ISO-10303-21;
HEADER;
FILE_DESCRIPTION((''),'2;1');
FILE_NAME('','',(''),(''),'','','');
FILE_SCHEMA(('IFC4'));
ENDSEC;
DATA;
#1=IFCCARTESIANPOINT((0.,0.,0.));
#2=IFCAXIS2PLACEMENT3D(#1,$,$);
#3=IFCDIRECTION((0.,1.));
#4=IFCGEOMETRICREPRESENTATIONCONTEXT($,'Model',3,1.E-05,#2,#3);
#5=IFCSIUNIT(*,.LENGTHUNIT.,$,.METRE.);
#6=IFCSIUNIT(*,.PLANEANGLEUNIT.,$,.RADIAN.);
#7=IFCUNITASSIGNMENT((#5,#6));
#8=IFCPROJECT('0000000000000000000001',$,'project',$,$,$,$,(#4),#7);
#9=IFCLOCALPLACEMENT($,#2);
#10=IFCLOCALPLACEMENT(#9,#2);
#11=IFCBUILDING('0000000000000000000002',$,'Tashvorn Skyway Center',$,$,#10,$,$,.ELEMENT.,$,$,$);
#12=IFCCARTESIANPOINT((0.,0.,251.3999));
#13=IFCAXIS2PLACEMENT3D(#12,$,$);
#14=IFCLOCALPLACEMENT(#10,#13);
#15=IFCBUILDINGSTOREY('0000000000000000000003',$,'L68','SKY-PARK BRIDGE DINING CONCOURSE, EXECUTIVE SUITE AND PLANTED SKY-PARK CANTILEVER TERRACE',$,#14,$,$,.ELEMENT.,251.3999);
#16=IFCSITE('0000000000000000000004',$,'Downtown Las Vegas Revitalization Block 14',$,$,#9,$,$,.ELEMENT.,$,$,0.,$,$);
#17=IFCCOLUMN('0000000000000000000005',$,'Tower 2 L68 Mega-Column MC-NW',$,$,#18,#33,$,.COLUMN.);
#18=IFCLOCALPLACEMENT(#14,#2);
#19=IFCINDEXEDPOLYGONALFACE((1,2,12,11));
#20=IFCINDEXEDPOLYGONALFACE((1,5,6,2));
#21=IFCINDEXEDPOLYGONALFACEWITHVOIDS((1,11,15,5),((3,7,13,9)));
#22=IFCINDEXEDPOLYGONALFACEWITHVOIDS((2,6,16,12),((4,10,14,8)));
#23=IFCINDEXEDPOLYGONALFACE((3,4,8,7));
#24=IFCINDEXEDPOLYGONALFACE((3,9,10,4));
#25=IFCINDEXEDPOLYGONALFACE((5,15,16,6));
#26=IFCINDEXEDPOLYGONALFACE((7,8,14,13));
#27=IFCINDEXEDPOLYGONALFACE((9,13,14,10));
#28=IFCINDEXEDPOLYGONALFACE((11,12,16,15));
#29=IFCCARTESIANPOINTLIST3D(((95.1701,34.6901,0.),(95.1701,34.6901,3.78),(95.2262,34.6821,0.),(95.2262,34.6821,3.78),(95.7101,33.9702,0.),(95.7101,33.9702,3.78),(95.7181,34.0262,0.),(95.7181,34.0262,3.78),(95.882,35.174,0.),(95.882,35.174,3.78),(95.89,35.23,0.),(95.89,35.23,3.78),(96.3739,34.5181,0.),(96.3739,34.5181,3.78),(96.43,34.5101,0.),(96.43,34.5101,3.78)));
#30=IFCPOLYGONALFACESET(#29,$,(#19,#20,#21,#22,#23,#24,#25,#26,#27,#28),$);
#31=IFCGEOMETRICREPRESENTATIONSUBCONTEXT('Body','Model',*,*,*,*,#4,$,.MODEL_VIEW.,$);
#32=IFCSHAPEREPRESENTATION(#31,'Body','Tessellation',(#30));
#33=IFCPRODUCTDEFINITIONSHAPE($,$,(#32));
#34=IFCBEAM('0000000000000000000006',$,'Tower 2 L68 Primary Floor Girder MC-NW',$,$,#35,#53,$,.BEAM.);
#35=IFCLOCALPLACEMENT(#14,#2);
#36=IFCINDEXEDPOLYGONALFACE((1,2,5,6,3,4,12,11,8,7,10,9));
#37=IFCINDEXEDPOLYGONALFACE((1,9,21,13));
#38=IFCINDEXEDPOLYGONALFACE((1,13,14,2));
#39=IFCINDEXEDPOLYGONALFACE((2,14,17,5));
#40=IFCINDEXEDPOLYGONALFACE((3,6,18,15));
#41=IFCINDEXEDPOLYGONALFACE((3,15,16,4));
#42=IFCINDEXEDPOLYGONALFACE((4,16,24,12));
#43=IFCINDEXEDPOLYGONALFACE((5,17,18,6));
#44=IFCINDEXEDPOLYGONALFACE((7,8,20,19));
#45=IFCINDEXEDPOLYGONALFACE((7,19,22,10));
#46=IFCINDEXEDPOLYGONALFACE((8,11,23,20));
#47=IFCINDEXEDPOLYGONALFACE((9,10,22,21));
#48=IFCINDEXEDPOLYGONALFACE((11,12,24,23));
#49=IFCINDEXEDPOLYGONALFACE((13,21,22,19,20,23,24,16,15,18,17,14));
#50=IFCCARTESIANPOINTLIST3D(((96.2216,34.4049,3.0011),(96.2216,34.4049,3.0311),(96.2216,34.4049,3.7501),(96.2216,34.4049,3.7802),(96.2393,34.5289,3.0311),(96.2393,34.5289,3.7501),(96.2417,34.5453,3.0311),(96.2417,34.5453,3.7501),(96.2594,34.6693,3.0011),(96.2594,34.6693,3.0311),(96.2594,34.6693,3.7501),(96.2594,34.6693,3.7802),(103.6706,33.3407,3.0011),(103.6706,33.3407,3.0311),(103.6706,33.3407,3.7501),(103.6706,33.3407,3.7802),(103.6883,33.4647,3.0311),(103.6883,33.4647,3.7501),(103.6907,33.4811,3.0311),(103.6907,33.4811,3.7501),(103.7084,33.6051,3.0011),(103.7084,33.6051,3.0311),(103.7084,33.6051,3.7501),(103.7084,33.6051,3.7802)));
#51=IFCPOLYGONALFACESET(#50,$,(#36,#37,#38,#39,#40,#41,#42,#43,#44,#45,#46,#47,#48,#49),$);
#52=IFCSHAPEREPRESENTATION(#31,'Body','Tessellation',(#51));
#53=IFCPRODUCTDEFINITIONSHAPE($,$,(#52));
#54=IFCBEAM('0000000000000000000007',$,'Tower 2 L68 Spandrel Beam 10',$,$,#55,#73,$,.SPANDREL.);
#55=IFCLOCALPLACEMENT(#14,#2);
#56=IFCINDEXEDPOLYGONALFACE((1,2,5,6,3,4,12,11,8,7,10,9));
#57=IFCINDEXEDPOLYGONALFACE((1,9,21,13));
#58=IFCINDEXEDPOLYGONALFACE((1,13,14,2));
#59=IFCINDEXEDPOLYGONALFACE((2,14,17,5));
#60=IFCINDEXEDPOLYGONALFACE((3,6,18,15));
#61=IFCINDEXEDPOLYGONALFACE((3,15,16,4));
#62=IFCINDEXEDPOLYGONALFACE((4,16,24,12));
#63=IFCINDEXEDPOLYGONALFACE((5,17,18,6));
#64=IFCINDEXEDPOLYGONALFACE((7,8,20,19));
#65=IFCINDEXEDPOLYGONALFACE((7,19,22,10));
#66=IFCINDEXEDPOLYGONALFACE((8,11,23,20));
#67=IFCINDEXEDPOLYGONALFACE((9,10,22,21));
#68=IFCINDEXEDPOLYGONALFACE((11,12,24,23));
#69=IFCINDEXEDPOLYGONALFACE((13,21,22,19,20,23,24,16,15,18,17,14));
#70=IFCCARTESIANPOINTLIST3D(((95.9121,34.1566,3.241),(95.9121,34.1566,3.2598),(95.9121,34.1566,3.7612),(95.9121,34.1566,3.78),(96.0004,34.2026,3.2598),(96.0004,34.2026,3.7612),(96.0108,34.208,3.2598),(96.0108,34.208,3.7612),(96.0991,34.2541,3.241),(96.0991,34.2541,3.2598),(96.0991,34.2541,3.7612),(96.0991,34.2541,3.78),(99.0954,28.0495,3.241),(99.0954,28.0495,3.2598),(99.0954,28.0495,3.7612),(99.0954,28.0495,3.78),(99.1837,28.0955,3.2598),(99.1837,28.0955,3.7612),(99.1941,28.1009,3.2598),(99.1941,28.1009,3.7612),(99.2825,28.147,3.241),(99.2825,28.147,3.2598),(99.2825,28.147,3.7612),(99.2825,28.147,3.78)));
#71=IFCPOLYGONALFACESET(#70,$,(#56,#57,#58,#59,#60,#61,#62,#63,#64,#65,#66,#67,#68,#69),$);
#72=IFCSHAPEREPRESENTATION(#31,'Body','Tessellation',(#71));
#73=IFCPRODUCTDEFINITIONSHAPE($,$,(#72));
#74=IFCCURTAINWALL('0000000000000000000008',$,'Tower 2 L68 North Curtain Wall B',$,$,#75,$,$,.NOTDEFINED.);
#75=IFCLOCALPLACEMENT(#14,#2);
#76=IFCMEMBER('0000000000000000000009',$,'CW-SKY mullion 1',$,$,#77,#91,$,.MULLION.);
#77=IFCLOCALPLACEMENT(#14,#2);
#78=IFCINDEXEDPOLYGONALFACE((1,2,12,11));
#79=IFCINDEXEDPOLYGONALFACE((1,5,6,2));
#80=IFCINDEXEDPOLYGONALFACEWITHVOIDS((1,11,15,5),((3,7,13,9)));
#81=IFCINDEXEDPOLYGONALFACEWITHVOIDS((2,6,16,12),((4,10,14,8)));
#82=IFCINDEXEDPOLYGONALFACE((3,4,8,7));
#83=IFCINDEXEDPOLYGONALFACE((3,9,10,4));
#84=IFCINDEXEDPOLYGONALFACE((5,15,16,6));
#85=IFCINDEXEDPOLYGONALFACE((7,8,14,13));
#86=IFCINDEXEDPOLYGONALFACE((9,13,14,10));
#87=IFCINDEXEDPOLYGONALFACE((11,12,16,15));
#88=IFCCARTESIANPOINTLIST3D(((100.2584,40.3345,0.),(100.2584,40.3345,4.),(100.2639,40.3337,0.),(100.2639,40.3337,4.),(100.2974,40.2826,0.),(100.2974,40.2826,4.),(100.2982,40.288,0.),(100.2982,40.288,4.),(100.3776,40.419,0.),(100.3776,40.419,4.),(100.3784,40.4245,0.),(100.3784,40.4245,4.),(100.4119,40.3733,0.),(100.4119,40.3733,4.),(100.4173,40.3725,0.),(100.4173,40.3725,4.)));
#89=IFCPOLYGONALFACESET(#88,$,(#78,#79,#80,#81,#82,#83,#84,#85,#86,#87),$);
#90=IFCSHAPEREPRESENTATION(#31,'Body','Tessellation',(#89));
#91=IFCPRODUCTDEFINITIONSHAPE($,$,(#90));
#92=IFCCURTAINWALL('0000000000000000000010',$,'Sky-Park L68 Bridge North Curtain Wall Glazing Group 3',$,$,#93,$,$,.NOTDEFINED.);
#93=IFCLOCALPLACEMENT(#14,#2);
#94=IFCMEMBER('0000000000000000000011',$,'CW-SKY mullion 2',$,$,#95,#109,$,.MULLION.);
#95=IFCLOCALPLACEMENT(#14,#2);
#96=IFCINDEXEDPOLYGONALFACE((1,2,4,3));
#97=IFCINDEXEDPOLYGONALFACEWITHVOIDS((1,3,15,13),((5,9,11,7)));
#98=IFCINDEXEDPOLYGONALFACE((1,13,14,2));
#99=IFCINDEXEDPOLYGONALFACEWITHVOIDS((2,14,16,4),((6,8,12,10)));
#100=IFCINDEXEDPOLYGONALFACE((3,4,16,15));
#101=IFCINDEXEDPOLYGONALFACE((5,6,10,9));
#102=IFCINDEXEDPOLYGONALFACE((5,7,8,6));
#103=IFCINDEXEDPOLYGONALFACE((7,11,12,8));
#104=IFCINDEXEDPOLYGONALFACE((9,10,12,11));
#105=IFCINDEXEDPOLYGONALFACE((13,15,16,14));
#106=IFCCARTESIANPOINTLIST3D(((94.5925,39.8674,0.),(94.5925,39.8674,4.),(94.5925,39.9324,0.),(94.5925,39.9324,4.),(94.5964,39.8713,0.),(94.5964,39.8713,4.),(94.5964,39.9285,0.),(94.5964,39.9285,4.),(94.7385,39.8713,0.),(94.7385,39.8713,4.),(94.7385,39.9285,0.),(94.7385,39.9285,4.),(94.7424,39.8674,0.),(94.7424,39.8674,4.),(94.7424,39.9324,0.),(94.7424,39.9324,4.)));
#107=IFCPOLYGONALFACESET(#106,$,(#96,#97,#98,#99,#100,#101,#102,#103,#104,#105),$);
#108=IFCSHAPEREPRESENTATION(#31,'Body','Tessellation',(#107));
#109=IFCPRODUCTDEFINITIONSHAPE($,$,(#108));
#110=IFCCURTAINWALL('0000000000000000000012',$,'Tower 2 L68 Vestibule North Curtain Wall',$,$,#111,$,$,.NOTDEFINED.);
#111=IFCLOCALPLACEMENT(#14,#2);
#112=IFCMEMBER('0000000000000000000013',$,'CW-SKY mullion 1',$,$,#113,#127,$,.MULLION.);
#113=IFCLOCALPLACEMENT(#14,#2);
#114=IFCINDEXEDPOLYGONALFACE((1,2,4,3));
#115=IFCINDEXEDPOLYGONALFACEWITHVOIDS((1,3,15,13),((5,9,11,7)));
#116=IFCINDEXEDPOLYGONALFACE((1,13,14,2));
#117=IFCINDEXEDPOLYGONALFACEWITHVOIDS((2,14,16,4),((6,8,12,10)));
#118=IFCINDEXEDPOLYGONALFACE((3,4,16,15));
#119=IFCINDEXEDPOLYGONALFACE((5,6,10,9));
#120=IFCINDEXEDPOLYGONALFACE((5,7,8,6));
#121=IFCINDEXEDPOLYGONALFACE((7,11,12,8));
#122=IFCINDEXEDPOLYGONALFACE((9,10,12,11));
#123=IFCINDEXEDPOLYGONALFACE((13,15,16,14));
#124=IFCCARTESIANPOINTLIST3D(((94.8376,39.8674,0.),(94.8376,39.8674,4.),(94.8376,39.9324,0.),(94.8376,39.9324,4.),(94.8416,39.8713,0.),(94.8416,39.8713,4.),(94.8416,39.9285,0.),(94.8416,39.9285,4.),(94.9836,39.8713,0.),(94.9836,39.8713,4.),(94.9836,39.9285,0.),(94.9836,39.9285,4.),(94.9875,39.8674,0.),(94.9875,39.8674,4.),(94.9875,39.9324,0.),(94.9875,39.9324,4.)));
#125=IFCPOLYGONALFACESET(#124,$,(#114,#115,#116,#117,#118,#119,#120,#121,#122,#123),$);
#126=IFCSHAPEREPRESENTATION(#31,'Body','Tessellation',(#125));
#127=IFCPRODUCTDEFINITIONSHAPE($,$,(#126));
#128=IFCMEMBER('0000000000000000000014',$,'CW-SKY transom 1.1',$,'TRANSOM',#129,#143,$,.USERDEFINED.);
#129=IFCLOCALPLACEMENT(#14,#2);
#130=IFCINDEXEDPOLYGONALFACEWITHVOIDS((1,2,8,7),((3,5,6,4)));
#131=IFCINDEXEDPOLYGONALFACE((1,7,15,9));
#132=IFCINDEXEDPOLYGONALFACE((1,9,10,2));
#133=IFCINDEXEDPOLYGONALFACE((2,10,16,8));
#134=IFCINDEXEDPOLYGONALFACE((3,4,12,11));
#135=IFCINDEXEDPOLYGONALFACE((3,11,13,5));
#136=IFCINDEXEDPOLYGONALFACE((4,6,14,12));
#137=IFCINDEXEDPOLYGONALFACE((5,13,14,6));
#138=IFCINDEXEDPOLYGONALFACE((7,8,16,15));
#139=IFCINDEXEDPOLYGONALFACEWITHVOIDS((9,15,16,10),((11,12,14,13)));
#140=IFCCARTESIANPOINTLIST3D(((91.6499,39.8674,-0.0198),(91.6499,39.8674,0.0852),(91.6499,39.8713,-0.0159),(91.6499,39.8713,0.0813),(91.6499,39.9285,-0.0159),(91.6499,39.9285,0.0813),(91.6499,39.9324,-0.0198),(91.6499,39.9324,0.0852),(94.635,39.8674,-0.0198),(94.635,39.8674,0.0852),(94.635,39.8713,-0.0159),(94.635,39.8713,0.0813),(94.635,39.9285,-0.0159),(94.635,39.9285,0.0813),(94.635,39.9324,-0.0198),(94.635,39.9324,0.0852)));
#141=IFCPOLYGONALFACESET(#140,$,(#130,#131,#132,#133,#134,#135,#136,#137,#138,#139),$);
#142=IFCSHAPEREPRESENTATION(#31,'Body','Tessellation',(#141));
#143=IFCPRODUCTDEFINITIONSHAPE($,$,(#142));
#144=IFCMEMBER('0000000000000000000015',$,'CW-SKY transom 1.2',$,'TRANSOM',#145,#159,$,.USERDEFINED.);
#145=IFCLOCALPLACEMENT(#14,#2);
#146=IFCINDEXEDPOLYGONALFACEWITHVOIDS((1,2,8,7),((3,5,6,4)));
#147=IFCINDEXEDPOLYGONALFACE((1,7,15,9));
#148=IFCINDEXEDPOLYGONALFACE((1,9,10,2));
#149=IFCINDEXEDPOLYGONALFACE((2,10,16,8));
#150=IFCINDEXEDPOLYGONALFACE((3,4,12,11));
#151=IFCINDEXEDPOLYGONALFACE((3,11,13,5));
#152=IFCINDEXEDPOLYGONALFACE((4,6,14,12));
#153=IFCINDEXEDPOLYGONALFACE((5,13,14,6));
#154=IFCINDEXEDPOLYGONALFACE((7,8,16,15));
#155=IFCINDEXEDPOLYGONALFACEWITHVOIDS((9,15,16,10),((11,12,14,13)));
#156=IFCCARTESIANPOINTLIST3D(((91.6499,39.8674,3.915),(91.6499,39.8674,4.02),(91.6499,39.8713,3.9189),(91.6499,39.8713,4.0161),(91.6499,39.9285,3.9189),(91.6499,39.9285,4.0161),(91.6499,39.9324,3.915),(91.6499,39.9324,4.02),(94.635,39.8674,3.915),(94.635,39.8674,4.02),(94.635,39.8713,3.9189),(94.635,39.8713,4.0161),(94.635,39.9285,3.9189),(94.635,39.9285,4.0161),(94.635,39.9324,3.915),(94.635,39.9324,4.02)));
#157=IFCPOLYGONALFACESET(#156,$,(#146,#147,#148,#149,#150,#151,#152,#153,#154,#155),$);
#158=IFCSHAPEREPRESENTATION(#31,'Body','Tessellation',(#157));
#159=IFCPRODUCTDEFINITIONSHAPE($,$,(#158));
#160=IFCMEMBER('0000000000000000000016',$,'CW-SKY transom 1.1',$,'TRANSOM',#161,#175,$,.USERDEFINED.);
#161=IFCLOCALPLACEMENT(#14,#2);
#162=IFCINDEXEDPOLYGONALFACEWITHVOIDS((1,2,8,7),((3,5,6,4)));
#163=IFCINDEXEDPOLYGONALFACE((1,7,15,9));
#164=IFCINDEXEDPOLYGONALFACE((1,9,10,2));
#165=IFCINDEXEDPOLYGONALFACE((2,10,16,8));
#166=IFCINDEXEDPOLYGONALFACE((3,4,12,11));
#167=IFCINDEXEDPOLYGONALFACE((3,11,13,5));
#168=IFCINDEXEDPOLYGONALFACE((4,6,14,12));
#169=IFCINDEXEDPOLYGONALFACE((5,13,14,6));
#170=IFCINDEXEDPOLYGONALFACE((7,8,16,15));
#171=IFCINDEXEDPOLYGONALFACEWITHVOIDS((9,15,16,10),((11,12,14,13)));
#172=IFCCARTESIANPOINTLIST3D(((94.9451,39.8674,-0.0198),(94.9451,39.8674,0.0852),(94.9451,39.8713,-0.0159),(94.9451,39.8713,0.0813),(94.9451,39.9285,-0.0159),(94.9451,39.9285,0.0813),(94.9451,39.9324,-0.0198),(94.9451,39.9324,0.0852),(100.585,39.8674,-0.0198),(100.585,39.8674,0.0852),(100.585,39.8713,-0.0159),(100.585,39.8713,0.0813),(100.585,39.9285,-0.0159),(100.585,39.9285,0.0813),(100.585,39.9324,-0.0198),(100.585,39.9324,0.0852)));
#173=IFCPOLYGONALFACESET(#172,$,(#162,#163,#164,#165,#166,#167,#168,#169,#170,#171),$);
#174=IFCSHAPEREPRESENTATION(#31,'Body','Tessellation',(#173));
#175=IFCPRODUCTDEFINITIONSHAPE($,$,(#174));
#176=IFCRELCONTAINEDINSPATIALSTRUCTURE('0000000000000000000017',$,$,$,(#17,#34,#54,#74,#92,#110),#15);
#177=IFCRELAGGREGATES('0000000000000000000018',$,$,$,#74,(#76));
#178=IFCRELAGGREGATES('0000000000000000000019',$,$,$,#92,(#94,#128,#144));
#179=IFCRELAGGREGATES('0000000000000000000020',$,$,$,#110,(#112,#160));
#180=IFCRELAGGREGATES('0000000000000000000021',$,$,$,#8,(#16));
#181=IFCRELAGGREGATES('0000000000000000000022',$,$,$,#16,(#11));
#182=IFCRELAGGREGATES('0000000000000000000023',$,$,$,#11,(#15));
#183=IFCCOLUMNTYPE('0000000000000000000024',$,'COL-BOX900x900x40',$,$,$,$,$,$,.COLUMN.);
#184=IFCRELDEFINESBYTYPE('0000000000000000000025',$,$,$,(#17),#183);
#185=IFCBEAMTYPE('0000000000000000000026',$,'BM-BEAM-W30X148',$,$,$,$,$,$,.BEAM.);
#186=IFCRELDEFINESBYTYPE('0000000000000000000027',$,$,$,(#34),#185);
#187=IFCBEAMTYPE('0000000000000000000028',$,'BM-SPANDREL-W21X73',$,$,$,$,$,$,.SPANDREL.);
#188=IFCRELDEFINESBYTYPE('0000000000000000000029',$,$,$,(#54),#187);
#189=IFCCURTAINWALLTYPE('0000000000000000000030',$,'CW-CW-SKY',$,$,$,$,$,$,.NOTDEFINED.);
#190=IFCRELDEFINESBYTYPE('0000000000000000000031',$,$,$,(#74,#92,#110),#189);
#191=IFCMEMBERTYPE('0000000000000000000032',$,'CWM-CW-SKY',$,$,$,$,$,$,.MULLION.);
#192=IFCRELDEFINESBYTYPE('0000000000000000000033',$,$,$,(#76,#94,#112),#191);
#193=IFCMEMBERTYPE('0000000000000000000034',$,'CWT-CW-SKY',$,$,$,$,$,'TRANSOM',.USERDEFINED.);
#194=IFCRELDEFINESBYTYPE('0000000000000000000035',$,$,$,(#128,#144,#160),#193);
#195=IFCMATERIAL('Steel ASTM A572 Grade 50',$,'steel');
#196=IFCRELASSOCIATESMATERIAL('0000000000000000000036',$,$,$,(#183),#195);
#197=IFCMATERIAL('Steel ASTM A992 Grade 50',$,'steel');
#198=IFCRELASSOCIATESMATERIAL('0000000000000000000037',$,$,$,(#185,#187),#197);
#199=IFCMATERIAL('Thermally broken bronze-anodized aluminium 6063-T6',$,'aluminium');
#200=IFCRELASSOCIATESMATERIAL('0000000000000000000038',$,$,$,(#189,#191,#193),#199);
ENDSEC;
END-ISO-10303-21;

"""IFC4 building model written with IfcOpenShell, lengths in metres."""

from ifc_helpers import new_model, si_unit, direction, frame, origin, origin_2d, place, context, subcontext, project, spatial, hollow_rectangle, i_section, extrude, material, material_profile, profile_set, type_object, element, aggregate, save


model = new_model("IFC4")

# Units and contexts
model_context = context("Model", 3, precision=1e-05, world=origin(), true_north=direction((0.0, 1.0)))
body_context = subcontext(model_context, "Body", "Model", "MODEL_VIEW")
ifc_project = project(units=[si_unit("LENGTHUNIT", "METRE"), si_unit("PLANEANGLEUNIT", "RADIAN")], contexts=[model_context])

# Site, building, storey
site_placement = place(None, origin())
site = spatial("IfcSite", under=ifc_project, at=site_placement, Name="Downtown Las Vegas Revitalization Block 14", CompositionType="ELEMENT", RefElevation=0.0)
building_placement = place(site_placement, origin())
building = spatial("IfcBuilding", under=site, at=building_placement, Name="Tashvorn Skyway Center", CompositionType="ELEMENT")
storey_placement = place(building_placement, frame((0.0, 0.0, 251.3999)))
storey = spatial("IfcBuildingStorey", under=building, at=storey_placement, Name="L68", Description="SKY-PARK BRIDGE DINING CONCOURSE, EXECUTIVE SUITE AND PLANTED SKY-PARK CANTILEVER TERRACE", CompositionType="ELEMENT", Elevation=251.3999)

# Column
ifc_material_1 = material(Name="Steel ASTM A572 Grade 50", Category="steel")
ifc_material_profile_1 = material_profile(ifc_material_1, hollow_rectangle(XDim=0.8999, YDim=0.8999, WallThickness=0.04, at=origin_2d()), Name="BOX900x900x40")
ifc_profile_set_1 = profile_set([ifc_material_profile_1], Name="Steel ASTM A572 Grade 50")
column_type = type_object("IfcColumnType", Name="COL-BOX900x900x40", PredefinedType="COLUMN", material=ifc_profile_set_1)
column_placement = place(storey_placement, frame((95.8, 34.6001, 0.0), z_axis=(0.0, 0.0, 1.0), x_axis=(0.8, 0.6, 0.0)))
element("IfcColumn", 1, at=column_placement, inside=storey, type_object=column_type, Name="Tower 2 L68 Mega-Column MC-NW", PredefinedType="COLUMN", context=body_context, shape_type="SweptSolid", body=[
    extrude(hollow_rectangle(XDim=0.8999, YDim=0.8999, WallThickness=0.04, at=origin_2d()), origin(), (0.0, 0.0, 1.0), 3.78),
])

# Beams
ifc_material_2 = material(Name="Steel ASTM A992 Grade 50", Category="steel")
ifc_material_profile_2 = material_profile(ifc_material_2, i_section(OverallWidth=0.2671, OverallDepth=0.7791, WebThickness=0.0166, FlangeThickness=0.03, at=origin_2d()), Name="W30X148")
ifc_profile_set_2 = profile_set([ifc_material_profile_2], Name="Steel ASTM A992 Grade 50")
beam_type_1 = type_object("IfcBeamType", Name="BM-BEAM-W30X148", PredefinedType="BEAM", material=ifc_profile_set_2)
beam_1_placement = place(storey_placement, frame((96.2405, 34.5371, 3.3906), z_axis=(0.989948, -0.14143, 0.0), x_axis=(0.14143, 0.989948, 0.0)))
element("IfcBeam", 2, at=beam_1_placement, inside=storey, type_object=beam_type_1, Name="Tower 2 L68 Primary Floor Girder MC-NW", PredefinedType="BEAM", context=body_context, shape_type="SweptSolid", body=[
    extrude(i_section(OverallWidth=0.2671, OverallDepth=0.7791, WebThickness=0.0166, FlangeThickness=0.03, at=origin_2d()), origin(), (0.0, 0.0, 1.0), 7.5247),
])
ifc_material_profile_3 = material_profile(ifc_material_2, i_section(OverallWidth=0.2109, OverallDepth=0.5391, WebThickness=0.0117, FlangeThickness=0.0188, at=origin_2d()), Name="W21X73")
ifc_profile_set_3 = profile_set([ifc_material_profile_3], Name="Steel ASTM A992 Grade 50")
beam_type_2 = type_object("IfcBeamType", Name="BM-SPANDREL-W21X73", PredefinedType="SPANDREL", material=ifc_profile_set_3)
beam_2_placement = place(storey_placement, frame((96.0056, 34.2053, 3.5105), z_axis=(0.462223, -0.886764, 0.0), x_axis=(0.886764, 0.462223, 0.0)))
element("IfcBeam", 3, at=beam_2_placement, inside=storey, type_object=beam_type_2, Name="Tower 2 L68 Spandrel Beam 10", PredefinedType="SPANDREL", context=body_context, shape_type="SweptSolid", body=[
    extrude(i_section(OverallWidth=0.2109, OverallDepth=0.5391, WebThickness=0.0117, FlangeThickness=0.0188, at=origin_2d()), origin(), (0.0, 0.0, 1.0), 6.887),
])

# Curtain walls, members
ifc_material_3 = material(Name="Thermally broken bronze-anodized aluminium 6063-T6", Category="aluminium")
curtain_wall_type = type_object("IfcCurtainWallType", Name="CW-CW-SKY", PredefinedType="NOTDEFINED", material=ifc_material_3)
curtain_wall_1_placement = place(storey_placement, origin())
curtain_wall_1 = element("IfcCurtainWall", 4, at=curtain_wall_1_placement, inside=storey, type_object=curtain_wall_type, Name="Tower 2 L68 North Curtain Wall B", PredefinedType="NOTDEFINED")
ifc_material_profile_4 = material_profile(ifc_material_3, hollow_rectangle(XDim=0.0649, YDim=0.1499, WallThickness=0.0039, at=origin_2d()), Name="ALU-MULL-65x150")
ifc_profile_set_4 = profile_set([ifc_material_profile_4], Name="Thermally broken bronze-anodized aluminium 6063-T6")
member_type_1 = type_object("IfcMemberType", Name="CWM-CW-SKY", PredefinedType="MULLION", material=ifc_profile_set_4)
member_1_placement = place(storey_placement, frame((100.3379, 40.3535, 0.0), z_axis=(0.0, 0.0, 1.0), x_axis=(-0.6, 0.8, 0.0)))
member_1 = element("IfcMember", 5, at=member_1_placement, type_object=member_type_1, Name="CW-SKY mullion 1", PredefinedType="MULLION", context=body_context, shape_type="SweptSolid", body=[
    extrude(hollow_rectangle(XDim=0.0649, YDim=0.1499, WallThickness=0.0039, at=origin_2d()), origin(), (0.0, 0.0, 1.0), 4.0),
])
aggregate(curtain_wall_1, [member_1])
curtain_wall_2_placement = place(storey_placement, origin())
curtain_wall_2 = element("IfcCurtainWall", 6, at=curtain_wall_2_placement, inside=storey, type_object=curtain_wall_type, Name="Sky-Park L68 Bridge North Curtain Wall Glazing Group 3", PredefinedType="NOTDEFINED")
member_2_placement = place(storey_placement, frame((94.6675, 39.8999, 0.0), z_axis=(0.0, 0.0, 1.0), x_axis=(0.0, 1.0, 0.0)))
member_2 = element("IfcMember", 7, at=member_2_placement, type_object=member_type_1, Name="CW-SKY mullion 2", PredefinedType="MULLION", context=body_context, shape_type="SweptSolid", body=[
    extrude(hollow_rectangle(XDim=0.0649, YDim=0.1499, WallThickness=0.0039, at=origin_2d()), origin(), (0.0, 0.0, 1.0), 4.0),
])
curtain_wall_3_placement = place(storey_placement, origin())
curtain_wall_3 = element("IfcCurtainWall", 8, at=curtain_wall_3_placement, inside=storey, type_object=curtain_wall_type, Name="Tower 2 L68 Vestibule North Curtain Wall", PredefinedType="NOTDEFINED")
member_3_placement = place(storey_placement, frame((94.9126, 39.8999, 0.0), z_axis=(0.0, 0.0, 1.0), x_axis=(0.0, 1.0, 0.0)))
member_3 = element("IfcMember", 9, at=member_3_placement, type_object=member_type_1, Name="CW-SKY mullion 1", PredefinedType="MULLION", context=body_context, shape_type="SweptSolid", body=[
    extrude(hollow_rectangle(XDim=0.0649, YDim=0.1499, WallThickness=0.0039, at=origin_2d()), origin(), (0.0, 0.0, 1.0), 4.0),
])

# Members
ifc_material_profile_5 = material_profile(ifc_material_3, hollow_rectangle(XDim=0.0649, YDim=0.105, WallThickness=0.0039, at=origin_2d()), Name="ALU-TRAN-65x105")
ifc_profile_set_5 = profile_set([ifc_material_profile_5], Name="Thermally broken bronze-anodized aluminium 6063-T6")
member_type_2 = type_object("IfcMemberType", Name="CWT-CW-SKY", ElementType="TRANSOM", PredefinedType="USERDEFINED", material=ifc_profile_set_5)
member_4_placement = place(storey_placement, frame((91.6499, 39.8999, 0.0327), z_axis=(1.0, 0.0, 0.0), x_axis=(0.0, 1.0, 0.0)))
member_4 = element("IfcMember", 10, at=member_4_placement, type_object=member_type_2, Name="CW-SKY transom 1.1", ObjectType="TRANSOM", PredefinedType="USERDEFINED", context=body_context, shape_type="SweptSolid", body=[
    extrude(hollow_rectangle(XDim=0.0649, YDim=0.105, WallThickness=0.0039, at=origin_2d()), origin(), (0.0, 0.0, 1.0), 2.9851),
])
member_5_placement = place(storey_placement, frame((91.6499, 39.8999, 3.9675), z_axis=(1.0, 0.0, 0.0), x_axis=(0.0, 1.0, 0.0)))
member_5 = element("IfcMember", 11, at=member_5_placement, type_object=member_type_2, Name="CW-SKY transom 1.2", ObjectType="TRANSOM", PredefinedType="USERDEFINED", context=body_context, shape_type="SweptSolid", body=[
    extrude(hollow_rectangle(XDim=0.0649, YDim=0.105, WallThickness=0.0039, at=origin_2d()), origin(), (0.0, 0.0, 1.0), 2.9851),
])
member_6_placement = place(storey_placement, frame((94.9451, 39.8999, 0.0327), z_axis=(1.0, 0.0, 0.0), x_axis=(0.0, 1.0, 0.0)))
member_6 = element("IfcMember", 12, at=member_6_placement, type_object=member_type_2, Name="CW-SKY transom 1.1", ObjectType="TRANSOM", PredefinedType="USERDEFINED", context=body_context, shape_type="SweptSolid", body=[
    extrude(hollow_rectangle(XDim=0.0649, YDim=0.105, WallThickness=0.0039, at=origin_2d()), origin(), (0.0, 0.0, 1.0), 5.6399),
])

aggregate(curtain_wall_2, [member_2, member_4, member_5])
aggregate(curtain_wall_3, [member_3, member_6])

save(model, "model.ifc")
